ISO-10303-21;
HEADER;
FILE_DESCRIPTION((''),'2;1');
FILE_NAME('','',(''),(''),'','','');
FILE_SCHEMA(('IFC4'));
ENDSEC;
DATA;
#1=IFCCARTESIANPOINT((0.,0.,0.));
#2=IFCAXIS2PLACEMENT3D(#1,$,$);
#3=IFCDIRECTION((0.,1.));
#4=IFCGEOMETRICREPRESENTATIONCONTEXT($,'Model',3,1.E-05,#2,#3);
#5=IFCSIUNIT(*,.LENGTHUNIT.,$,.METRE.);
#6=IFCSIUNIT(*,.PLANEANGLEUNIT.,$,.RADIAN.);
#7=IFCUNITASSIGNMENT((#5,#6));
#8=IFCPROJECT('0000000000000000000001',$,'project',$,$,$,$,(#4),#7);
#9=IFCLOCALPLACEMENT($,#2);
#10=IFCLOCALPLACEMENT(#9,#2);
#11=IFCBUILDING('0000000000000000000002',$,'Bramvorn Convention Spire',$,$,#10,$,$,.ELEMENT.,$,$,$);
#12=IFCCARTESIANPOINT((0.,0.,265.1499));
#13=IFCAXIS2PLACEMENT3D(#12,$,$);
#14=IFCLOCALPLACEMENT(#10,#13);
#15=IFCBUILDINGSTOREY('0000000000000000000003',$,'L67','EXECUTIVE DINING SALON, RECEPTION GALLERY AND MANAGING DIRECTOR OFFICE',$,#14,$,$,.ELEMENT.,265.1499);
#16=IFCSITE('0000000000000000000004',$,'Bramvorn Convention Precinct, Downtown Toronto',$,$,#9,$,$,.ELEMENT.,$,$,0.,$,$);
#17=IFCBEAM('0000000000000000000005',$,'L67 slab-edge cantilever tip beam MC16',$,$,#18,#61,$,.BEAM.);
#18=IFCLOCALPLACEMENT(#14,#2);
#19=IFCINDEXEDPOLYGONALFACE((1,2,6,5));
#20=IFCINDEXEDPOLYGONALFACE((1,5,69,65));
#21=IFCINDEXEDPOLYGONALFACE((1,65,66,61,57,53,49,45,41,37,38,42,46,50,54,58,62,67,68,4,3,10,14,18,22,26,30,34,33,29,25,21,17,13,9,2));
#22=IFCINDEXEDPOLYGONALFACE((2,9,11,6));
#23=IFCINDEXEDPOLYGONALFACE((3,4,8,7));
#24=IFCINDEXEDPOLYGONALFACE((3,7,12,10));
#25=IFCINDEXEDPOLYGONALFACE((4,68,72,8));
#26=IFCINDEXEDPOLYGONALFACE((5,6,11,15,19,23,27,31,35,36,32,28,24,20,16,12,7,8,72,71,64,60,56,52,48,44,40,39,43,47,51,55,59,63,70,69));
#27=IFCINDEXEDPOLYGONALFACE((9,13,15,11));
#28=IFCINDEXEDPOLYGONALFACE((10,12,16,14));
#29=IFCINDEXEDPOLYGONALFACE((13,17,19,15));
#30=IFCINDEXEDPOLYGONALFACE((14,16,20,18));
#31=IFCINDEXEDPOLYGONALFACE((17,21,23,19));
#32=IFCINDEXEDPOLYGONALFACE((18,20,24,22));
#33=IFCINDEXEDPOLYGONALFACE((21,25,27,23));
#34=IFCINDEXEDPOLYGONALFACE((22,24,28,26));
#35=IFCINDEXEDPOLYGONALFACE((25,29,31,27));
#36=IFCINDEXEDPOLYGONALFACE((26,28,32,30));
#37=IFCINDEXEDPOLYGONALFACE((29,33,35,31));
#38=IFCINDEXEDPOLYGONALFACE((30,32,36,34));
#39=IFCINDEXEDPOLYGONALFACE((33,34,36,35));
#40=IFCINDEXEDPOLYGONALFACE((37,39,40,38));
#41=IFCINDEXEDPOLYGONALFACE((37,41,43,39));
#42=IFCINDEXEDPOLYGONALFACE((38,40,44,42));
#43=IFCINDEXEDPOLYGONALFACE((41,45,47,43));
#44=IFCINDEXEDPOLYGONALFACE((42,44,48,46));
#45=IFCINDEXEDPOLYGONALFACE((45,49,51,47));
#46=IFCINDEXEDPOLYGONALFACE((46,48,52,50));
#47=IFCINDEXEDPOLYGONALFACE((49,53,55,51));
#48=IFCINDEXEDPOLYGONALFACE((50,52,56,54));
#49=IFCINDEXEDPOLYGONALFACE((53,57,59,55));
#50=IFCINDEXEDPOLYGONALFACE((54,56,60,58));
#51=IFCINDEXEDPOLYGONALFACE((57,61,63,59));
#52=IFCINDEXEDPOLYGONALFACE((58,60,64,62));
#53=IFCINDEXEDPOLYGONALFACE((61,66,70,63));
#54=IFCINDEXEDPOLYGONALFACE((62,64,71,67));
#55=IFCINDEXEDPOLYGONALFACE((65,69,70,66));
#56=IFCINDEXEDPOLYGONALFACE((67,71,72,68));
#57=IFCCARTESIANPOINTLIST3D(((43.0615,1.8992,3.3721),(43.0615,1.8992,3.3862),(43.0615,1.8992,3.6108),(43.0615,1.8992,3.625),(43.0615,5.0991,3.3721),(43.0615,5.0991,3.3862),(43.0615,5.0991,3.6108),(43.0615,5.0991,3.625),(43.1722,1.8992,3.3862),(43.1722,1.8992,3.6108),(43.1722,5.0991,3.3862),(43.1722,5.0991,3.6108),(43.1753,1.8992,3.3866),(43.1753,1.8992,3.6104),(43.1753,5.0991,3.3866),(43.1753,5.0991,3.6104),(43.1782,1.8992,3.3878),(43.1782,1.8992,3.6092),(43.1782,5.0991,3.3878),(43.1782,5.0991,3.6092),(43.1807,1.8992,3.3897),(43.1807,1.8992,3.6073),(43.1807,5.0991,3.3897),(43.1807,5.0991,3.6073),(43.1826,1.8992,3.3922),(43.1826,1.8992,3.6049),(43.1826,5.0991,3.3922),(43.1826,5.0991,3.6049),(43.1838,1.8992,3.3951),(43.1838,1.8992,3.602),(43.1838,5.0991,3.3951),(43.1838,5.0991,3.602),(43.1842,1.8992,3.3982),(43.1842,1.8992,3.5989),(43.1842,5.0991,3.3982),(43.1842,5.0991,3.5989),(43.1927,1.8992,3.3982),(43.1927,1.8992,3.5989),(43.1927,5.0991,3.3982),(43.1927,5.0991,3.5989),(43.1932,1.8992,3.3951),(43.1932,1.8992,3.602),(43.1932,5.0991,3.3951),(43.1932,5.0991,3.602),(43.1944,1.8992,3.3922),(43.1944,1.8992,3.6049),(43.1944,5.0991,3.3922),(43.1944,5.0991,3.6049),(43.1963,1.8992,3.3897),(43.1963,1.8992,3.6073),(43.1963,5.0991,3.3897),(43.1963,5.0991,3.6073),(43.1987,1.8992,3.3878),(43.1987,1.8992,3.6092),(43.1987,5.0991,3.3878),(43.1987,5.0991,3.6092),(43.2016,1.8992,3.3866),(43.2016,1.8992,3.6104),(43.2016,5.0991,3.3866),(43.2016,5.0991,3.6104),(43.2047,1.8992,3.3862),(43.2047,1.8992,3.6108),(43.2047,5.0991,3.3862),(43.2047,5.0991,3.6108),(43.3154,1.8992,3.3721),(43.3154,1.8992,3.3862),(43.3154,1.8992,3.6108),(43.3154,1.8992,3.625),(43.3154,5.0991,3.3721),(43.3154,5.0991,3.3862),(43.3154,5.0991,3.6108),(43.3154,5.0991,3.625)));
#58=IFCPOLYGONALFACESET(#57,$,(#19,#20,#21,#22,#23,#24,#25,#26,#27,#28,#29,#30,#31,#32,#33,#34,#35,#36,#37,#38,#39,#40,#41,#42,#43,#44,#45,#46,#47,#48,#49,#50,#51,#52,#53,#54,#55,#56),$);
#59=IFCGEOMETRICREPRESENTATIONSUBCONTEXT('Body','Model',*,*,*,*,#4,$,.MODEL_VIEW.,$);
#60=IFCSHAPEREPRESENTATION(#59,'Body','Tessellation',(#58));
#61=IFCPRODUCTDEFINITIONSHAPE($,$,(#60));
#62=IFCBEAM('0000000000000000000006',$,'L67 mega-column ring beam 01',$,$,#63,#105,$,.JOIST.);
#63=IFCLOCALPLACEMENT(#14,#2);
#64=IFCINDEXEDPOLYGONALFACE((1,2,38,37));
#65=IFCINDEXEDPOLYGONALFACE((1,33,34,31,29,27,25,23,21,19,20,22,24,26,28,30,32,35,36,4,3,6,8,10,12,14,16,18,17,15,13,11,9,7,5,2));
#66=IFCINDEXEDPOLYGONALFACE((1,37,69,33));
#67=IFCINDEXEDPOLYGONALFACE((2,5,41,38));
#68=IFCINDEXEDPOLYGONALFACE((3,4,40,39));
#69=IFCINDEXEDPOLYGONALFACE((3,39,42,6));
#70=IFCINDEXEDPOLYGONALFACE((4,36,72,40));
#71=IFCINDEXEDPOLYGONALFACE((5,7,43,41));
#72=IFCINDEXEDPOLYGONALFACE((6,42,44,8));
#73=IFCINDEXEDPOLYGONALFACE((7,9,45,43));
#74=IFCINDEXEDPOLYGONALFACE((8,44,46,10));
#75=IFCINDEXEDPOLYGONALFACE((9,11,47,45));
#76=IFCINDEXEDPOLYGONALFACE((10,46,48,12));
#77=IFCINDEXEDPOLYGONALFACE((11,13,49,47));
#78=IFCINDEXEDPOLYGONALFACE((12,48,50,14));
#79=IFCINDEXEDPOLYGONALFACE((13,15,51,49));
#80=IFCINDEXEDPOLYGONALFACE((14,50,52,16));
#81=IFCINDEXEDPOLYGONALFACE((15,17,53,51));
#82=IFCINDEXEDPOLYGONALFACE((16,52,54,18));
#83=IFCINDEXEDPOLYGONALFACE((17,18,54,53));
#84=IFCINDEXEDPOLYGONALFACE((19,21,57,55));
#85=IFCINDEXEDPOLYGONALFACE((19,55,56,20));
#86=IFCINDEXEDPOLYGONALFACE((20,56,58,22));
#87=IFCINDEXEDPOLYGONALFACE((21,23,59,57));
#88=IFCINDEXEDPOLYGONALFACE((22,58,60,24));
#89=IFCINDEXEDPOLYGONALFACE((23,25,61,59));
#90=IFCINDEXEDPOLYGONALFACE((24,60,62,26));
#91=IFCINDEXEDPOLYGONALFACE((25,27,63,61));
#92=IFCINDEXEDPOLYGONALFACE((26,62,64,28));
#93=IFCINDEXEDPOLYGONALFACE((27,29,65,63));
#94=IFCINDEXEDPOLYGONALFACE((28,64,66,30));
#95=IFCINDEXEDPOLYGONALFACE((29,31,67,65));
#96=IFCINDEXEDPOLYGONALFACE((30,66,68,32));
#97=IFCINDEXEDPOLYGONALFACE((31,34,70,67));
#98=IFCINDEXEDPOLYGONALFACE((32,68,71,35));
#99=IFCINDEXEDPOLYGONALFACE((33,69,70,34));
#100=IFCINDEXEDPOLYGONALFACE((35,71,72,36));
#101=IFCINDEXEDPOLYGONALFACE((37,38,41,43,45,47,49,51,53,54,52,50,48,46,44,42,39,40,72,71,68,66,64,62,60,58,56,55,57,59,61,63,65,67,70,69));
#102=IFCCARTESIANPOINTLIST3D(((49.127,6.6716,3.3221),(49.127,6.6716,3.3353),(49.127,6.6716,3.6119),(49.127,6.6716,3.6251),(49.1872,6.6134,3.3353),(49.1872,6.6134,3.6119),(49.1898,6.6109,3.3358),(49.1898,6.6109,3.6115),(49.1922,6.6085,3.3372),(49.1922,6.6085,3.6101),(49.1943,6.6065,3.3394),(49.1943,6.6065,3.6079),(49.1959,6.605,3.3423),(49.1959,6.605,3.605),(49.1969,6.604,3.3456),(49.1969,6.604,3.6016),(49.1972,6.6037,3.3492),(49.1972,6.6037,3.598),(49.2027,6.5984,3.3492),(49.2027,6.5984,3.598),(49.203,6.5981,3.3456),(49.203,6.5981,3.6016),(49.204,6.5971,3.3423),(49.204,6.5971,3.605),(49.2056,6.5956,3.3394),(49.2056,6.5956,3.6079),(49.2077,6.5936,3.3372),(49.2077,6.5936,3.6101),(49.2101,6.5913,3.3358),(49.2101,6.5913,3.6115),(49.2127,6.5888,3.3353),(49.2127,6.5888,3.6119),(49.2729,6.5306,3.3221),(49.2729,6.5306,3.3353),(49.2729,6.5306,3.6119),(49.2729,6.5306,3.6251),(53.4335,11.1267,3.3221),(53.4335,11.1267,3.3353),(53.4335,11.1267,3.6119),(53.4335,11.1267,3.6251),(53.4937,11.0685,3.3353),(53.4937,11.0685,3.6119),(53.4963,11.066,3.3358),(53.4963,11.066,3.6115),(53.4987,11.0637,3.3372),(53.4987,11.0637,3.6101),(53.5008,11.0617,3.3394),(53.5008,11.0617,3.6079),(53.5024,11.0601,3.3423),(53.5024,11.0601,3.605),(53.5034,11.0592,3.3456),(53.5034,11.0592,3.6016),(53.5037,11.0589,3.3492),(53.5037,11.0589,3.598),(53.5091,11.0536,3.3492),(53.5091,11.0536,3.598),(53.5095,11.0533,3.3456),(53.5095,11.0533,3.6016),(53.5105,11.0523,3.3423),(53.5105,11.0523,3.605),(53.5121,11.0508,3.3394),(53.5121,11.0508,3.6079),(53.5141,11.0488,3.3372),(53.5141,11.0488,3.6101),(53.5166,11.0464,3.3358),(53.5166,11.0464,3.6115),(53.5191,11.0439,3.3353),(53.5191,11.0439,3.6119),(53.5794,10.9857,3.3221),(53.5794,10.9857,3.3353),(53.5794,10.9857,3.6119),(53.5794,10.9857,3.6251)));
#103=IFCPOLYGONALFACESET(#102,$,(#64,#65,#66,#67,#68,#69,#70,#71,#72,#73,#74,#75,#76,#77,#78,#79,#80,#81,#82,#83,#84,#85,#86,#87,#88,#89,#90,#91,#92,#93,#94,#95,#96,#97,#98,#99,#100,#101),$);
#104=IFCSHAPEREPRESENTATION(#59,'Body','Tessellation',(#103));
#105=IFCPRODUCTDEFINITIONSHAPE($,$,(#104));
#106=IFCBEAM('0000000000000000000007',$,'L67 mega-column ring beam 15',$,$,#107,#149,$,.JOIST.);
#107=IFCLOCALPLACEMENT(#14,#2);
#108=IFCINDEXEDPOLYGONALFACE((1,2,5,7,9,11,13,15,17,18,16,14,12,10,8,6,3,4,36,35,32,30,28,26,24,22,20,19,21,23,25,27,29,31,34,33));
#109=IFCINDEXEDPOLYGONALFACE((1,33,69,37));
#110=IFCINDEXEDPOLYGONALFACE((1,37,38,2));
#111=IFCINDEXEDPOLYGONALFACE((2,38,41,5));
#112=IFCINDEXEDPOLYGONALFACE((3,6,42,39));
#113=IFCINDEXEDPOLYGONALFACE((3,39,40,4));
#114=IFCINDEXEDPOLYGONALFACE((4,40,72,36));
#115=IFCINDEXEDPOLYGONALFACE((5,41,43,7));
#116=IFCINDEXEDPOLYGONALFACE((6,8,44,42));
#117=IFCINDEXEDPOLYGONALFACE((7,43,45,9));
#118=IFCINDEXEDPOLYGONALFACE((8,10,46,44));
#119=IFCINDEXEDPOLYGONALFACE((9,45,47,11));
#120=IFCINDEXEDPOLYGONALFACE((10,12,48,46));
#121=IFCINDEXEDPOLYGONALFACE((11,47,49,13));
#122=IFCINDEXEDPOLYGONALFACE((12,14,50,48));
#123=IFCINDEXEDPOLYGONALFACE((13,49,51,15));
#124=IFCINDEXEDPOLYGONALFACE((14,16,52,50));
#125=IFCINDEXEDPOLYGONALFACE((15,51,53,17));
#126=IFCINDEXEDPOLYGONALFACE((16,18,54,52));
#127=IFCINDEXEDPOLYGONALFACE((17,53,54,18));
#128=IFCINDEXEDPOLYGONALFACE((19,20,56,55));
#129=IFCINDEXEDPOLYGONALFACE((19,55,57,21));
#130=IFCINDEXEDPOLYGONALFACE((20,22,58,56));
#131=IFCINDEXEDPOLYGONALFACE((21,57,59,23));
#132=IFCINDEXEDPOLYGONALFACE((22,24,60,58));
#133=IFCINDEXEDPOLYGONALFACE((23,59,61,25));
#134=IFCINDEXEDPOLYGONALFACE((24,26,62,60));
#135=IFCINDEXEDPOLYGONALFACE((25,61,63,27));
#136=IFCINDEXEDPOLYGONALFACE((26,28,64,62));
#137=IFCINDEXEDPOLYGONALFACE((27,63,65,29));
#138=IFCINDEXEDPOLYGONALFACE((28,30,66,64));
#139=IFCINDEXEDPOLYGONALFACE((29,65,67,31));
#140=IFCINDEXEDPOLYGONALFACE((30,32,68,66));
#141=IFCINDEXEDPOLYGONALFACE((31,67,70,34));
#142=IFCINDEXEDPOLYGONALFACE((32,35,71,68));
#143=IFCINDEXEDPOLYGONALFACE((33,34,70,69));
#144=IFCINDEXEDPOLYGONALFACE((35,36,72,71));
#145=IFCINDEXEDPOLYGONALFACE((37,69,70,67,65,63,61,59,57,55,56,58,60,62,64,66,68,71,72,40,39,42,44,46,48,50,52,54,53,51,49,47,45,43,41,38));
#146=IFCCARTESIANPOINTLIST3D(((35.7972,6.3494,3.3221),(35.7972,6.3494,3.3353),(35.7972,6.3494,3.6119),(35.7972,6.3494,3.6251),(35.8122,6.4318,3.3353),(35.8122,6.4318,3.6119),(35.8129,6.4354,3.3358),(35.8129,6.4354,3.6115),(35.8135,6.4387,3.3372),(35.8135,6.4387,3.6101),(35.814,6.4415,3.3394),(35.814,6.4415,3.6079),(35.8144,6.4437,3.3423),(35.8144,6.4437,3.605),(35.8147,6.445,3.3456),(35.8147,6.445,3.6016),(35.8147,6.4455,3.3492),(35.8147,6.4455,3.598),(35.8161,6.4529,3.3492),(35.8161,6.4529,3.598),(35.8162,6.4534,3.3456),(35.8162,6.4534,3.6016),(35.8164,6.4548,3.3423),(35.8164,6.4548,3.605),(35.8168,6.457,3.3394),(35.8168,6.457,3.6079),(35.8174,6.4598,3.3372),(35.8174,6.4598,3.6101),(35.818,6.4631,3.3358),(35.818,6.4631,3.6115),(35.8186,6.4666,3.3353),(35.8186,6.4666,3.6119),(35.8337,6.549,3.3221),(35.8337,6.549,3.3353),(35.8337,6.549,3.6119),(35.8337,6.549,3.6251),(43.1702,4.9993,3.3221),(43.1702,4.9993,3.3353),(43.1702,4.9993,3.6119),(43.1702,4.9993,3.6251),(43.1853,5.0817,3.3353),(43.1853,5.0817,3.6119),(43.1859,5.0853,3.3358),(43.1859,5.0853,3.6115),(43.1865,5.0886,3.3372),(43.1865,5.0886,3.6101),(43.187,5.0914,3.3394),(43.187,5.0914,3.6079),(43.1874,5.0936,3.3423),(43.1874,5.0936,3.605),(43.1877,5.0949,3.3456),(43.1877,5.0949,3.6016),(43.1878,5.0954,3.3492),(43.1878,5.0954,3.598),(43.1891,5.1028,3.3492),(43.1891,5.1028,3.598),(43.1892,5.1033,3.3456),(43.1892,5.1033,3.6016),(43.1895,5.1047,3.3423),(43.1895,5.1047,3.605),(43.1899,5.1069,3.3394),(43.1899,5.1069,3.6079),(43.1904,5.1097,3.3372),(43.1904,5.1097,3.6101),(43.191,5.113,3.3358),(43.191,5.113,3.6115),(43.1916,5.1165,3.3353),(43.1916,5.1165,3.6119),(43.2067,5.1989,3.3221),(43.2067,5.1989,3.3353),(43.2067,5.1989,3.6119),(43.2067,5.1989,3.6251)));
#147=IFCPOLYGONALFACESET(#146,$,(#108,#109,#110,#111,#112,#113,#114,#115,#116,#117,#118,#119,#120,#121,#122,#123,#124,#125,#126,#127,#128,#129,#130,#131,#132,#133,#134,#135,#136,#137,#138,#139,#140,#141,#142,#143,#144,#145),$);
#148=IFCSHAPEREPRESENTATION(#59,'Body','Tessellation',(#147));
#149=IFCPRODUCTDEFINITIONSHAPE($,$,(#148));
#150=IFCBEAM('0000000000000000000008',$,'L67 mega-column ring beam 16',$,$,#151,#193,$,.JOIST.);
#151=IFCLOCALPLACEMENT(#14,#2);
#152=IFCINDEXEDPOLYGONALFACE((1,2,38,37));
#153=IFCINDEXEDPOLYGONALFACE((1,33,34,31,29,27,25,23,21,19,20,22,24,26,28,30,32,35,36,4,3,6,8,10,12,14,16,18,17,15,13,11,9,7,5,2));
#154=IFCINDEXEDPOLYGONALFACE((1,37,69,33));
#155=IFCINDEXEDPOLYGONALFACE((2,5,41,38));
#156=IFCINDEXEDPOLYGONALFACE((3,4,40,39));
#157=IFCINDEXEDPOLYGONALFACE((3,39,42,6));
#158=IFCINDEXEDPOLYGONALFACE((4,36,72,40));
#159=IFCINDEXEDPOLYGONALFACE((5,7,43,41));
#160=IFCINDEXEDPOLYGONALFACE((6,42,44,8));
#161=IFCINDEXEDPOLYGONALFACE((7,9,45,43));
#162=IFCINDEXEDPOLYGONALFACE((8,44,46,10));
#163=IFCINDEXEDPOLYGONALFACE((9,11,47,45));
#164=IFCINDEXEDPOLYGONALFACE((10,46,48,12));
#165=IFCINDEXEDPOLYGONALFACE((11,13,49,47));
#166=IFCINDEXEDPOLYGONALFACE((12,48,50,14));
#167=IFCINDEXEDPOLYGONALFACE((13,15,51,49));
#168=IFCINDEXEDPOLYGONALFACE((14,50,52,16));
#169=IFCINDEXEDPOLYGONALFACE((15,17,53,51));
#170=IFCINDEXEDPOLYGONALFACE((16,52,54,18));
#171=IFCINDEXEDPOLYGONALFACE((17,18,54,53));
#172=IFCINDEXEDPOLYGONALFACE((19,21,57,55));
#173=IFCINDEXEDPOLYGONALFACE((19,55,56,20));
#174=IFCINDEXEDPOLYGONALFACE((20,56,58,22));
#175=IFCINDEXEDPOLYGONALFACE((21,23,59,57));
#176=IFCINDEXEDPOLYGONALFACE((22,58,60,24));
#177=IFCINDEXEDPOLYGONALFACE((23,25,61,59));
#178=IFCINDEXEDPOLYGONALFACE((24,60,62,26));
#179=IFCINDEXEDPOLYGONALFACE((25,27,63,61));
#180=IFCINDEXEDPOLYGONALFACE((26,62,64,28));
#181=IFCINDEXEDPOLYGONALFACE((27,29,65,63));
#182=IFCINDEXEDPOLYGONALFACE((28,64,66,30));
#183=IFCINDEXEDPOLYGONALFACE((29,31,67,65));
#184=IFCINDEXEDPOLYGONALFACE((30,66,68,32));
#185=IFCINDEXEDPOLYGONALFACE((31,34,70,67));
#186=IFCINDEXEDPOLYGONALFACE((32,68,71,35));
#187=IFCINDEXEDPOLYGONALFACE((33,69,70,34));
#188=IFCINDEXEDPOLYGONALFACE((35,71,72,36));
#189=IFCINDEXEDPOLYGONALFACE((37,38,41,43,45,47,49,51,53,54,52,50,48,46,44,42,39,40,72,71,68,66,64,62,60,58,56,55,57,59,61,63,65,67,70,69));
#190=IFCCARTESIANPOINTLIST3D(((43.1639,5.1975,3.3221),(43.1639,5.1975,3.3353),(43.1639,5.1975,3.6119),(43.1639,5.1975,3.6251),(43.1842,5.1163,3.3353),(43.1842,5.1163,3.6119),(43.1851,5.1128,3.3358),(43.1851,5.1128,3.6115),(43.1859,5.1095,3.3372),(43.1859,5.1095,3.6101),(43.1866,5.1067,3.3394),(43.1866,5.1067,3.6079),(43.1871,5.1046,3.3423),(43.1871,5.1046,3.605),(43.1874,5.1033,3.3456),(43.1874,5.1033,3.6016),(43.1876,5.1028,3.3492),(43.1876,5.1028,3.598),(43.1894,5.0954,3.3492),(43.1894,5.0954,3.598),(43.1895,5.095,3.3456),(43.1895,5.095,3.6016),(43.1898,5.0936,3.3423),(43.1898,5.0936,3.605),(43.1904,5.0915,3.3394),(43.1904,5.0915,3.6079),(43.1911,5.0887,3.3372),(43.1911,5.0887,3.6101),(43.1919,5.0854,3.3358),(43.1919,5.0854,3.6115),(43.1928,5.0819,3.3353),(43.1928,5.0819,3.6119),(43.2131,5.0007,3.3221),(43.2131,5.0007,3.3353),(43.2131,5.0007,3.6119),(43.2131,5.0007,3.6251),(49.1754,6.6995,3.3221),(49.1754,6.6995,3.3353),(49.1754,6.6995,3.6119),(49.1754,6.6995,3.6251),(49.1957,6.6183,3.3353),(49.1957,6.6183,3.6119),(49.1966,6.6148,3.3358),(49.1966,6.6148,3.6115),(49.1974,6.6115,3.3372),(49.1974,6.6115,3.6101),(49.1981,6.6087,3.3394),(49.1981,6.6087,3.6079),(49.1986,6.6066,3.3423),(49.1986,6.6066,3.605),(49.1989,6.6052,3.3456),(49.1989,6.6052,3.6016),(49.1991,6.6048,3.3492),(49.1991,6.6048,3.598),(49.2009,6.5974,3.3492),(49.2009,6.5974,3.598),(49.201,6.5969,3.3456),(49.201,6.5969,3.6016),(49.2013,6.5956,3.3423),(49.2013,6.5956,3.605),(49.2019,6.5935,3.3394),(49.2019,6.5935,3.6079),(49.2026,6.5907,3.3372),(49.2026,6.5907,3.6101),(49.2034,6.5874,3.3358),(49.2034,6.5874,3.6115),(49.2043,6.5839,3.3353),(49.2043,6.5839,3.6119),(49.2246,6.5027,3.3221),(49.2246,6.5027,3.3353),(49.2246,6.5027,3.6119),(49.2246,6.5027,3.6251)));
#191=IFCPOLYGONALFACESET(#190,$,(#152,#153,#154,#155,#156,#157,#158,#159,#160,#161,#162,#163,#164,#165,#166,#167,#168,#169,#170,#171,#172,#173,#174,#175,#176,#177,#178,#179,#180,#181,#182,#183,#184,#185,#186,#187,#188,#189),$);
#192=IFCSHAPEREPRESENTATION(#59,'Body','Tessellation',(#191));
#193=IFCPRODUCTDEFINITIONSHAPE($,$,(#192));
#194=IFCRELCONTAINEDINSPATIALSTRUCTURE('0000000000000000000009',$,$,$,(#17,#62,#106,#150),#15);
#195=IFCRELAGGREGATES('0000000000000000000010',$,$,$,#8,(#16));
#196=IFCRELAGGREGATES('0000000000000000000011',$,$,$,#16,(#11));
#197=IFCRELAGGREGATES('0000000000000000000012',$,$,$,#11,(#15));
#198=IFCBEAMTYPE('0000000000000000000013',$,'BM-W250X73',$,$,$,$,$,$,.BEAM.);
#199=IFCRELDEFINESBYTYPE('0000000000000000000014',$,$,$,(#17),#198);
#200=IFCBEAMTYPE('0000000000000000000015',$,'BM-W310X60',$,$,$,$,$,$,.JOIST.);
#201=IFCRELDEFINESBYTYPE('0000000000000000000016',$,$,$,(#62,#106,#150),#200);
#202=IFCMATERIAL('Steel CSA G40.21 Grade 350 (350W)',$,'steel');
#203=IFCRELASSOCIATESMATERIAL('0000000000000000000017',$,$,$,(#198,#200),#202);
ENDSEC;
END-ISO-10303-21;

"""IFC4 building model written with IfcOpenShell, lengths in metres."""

from ifc_helpers import new_model, si_unit, direction, frame, origin, origin_2d, place, context, subcontext, project, spatial, i_section, extrude, material, material_profile, profile_set, type_object, element, save


model = new_model("IFC4")

# Units and contexts
model_context = context("Model", 3, precision=1e-05, world=origin(), true_north=direction((0.0, 1.0)))
body_context = subcontext(model_context, "Body", "Model", "MODEL_VIEW")
ifc_project = project(units=[si_unit("LENGTHUNIT", "METRE"), si_unit("PLANEANGLEUNIT", "RADIAN")], contexts=[model_context])

# Site, building, storey
site_placement = place(None, origin())
site = spatial("IfcSite", under=ifc_project, at=site_placement, Name="Bramvorn Convention Precinct, Downtown Toronto", CompositionType="ELEMENT", RefElevation=0.0)
building_placement = place(site_placement, origin())
building = spatial("IfcBuilding", under=site, at=building_placement, Name="Bramvorn Convention Spire", CompositionType="ELEMENT")
storey_placement = place(building_placement, frame((0.0, 0.0, 265.1499)))
storey = spatial("IfcBuildingStorey", under=building, at=storey_placement, Name="L67", Description="EXECUTIVE DINING SALON, RECEPTION GALLERY AND MANAGING DIRECTOR OFFICE", CompositionType="ELEMENT", Elevation=265.1499)

# Shared definitions
ifc_material_1 = material(Name="Steel CSA G40.21 Grade 350 (350W)", Category="steel")

# Beams
ifc_material_profile_1 = material_profile(ifc_material_1, i_section(OverallWidth=0.2539, OverallDepth=0.2529, WebThickness=0.0085, FlangeThickness=0.0142, FilletRadius=0.012, at=origin_2d()))
ifc_profile_set_1 = profile_set([ifc_material_profile_1], Name="Steel CSA G40.21 Grade 350 (350W) - W250X73")
beam_type_1 = type_object("IfcBeamType", Name="BM-W250X73", PredefinedType="BEAM", material=ifc_profile_set_1)
for number, where, z_axis, x_axis, name in (
    (1, (43.1885, 5.0991, 3.4985), (0.0, -1.0, 0.0), (1.0, 0.0, 0.0), "L67 slab-edge cantilever tip beam MC16"),
):
    element("IfcBeam", number, at=place(storey_placement, frame(where, z_axis=z_axis, x_axis=x_axis)), inside=storey, type_object=beam_type_1, Name=name, PredefinedType="BEAM", context=body_context, shape_type="SweptSolid", body=[
        extrude(i_section(OverallWidth=0.2539, OverallDepth=0.2529, WebThickness=0.0085, FlangeThickness=0.0142, FilletRadius=0.012, at=origin_2d()), origin(), (0.0, 0.0, 1.0), 3.2),
    ])
ifc_material_profile_2 = material_profile(ifc_material_1, i_section(OverallWidth=0.2029, OverallDepth=0.303, WebThickness=0.0076, FlangeThickness=0.0132, FilletRadius=0.0139, at=origin_2d()))
ifc_profile_set_2 = profile_set([ifc_material_profile_2], Name="Steel CSA G40.21 Grade 350 (350W) - W310X60")
beam_type_2 = type_object("IfcBeamType", Name="BM-W310X60", PredefinedType="JOIST", material=ifc_profile_set_2)
beam_1_placement = place(storey_placement, frame((49.2, 6.6011, 3.4736), z_axis=(0.695007, 0.719003, 0.0), x_axis=(-0.719003, 0.695007, 0.0)))
element("IfcBeam", 2, at=beam_1_placement, inside=storey, type_object=beam_type_2, Name="L67 mega-column ring beam 01", PredefinedType="JOIST", context=body_context, shape_type="SweptSolid", body=[
    extrude(i_section(OverallWidth=0.2029, OverallDepth=0.303, WebThickness=0.0076, FlangeThickness=0.0132, FilletRadius=0.0139, at=origin_2d()), origin(), (0.0, 0.0, 1.0), 6.1963),
])
beam_2_placement = place(storey_placement, frame((35.8154, 6.4492, 3.4736), z_axis=(0.983645, -0.180118, 0.0), x_axis=(0.180118, 0.983645, 0.0)))
element("IfcBeam", 3, at=beam_2_placement, inside=storey, type_object=beam_type_2, Name="L67 mega-column ring beam 15", PredefinedType="JOIST", context=body_context, shape_type="SweptSolid", body=[
    extrude(i_section(OverallWidth=0.2029, OverallDepth=0.303, WebThickness=0.0076, FlangeThickness=0.0132, FilletRadius=0.0139, at=origin_2d()), origin(), (0.0, 0.0, 1.0), 7.4956),
])
beam_3_placement = place(storey_placement, frame((43.1885, 5.0991, 3.4736), z_axis=(0.970177, 0.242397, 0.0), x_axis=(-0.242397, 0.970177, 0.0)))
element("IfcBeam", 4, at=beam_3_placement, inside=storey, type_object=beam_type_2, Name="L67 mega-column ring beam 16", PredefinedType="JOIST", context=body_context, shape_type="SweptSolid", body=[
    extrude(i_section(OverallWidth=0.2029, OverallDepth=0.303, WebThickness=0.0076, FlangeThickness=0.0132, FilletRadius=0.0139, at=origin_2d()), origin(), (0.0, 0.0, 1.0), 6.1963),
])

save(model, "model.ifc")
